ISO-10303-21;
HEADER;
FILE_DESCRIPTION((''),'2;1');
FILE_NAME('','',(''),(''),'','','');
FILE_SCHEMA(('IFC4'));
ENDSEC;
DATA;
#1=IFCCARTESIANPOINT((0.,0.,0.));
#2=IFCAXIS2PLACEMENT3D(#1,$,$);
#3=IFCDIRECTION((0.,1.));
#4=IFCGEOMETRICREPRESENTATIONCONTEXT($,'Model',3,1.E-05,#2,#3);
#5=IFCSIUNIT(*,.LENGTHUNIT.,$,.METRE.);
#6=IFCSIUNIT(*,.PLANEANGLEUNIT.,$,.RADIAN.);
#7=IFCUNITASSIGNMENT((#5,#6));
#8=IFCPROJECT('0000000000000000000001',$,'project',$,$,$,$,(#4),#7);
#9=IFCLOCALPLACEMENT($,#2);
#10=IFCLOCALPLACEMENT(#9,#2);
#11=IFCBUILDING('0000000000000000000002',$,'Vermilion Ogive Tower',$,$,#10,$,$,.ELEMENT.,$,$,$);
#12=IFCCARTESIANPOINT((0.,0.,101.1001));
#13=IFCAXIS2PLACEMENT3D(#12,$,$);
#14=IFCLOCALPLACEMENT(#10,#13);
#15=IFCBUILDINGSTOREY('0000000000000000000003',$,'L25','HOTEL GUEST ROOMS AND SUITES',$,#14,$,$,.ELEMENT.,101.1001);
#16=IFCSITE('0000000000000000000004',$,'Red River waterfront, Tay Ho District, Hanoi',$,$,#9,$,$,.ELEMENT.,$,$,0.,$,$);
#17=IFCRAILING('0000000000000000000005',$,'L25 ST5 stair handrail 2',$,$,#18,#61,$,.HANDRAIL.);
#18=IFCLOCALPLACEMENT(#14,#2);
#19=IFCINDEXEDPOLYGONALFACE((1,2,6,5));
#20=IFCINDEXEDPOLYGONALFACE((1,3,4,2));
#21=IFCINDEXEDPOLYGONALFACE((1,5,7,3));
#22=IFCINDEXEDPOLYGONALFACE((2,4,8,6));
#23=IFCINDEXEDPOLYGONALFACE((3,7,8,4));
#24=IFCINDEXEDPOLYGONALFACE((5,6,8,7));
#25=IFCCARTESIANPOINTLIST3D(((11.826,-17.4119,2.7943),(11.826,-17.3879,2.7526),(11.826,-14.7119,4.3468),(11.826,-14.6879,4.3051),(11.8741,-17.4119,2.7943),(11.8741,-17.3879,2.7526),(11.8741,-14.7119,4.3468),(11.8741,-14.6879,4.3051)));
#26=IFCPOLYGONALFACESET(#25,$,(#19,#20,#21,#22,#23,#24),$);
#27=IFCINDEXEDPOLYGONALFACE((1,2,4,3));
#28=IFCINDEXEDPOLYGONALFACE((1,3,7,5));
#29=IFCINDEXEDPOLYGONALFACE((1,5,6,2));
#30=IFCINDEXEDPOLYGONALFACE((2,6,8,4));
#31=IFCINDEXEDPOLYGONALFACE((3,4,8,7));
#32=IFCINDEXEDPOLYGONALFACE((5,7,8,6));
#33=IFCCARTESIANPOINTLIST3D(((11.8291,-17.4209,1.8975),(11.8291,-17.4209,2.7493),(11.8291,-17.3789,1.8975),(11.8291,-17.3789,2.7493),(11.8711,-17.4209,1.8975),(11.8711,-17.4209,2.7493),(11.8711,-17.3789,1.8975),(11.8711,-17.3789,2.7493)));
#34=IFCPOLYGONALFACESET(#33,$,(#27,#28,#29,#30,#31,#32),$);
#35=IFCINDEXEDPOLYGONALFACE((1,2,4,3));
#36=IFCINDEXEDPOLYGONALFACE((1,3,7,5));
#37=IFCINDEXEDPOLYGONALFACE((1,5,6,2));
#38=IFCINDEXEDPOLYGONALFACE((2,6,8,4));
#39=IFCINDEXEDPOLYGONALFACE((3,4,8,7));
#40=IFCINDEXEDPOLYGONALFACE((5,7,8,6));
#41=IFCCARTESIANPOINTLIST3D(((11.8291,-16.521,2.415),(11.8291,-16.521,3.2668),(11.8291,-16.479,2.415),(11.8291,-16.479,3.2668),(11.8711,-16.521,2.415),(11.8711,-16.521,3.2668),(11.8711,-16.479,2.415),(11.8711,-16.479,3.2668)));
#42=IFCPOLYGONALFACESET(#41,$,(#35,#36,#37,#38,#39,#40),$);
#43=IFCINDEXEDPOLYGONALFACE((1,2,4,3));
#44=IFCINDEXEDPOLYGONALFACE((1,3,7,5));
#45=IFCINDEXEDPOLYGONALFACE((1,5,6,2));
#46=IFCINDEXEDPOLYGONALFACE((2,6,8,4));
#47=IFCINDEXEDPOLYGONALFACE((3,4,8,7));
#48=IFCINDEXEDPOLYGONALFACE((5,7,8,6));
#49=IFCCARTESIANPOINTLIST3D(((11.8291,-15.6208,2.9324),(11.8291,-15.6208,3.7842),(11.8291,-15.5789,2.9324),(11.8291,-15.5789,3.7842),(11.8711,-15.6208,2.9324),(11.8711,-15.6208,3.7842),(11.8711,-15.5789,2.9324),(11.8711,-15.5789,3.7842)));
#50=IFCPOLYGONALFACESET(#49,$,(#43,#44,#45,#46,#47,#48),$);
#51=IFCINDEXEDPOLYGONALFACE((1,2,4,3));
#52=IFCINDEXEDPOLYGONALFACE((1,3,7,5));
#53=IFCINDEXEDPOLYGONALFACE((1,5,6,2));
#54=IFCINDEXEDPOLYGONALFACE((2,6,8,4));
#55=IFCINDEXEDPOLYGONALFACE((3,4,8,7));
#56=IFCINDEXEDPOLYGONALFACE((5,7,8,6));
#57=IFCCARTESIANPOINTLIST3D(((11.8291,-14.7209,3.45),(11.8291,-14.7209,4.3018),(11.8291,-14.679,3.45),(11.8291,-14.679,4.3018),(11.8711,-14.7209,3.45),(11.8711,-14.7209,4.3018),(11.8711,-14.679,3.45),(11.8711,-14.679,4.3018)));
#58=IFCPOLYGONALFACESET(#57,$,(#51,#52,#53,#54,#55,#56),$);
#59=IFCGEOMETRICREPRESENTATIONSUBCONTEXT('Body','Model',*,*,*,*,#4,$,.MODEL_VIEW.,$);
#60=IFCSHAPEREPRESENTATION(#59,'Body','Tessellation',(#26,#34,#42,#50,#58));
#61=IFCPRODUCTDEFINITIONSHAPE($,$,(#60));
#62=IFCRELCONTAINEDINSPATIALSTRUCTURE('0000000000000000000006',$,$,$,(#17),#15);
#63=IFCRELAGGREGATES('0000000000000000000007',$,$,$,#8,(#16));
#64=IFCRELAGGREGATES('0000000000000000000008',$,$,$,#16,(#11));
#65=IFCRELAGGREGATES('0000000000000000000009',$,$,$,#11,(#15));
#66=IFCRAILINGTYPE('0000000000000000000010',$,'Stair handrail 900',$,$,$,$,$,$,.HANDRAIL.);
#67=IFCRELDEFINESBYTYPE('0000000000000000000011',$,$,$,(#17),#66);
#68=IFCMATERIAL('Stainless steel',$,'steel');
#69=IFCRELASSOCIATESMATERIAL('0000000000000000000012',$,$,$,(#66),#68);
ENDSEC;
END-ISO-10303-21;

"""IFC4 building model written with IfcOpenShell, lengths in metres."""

from ifc_helpers import new_model, si_unit, direction, frame, origin, origin_2d, place, context, subcontext, project, spatial, rectangle, extrude, material, type_object, element, save


model = new_model("IFC4")

# Units and contexts
model_context = context("Model", 3, precision=1e-05, world=origin(), true_north=direction((0.0, 1.0)))
body_context = subcontext(model_context, "Body", "Model", "MODEL_VIEW")
ifc_project = project(units=[si_unit("LENGTHUNIT", "METRE"), si_unit("PLANEANGLEUNIT", "RADIAN")], contexts=[model_context])

# Site, building, storey
site_placement = place(None, origin())
site = spatial("IfcSite", under=ifc_project, at=site_placement, Name="Red River waterfront, Tay Ho District, Hanoi", CompositionType="ELEMENT", RefElevation=0.0)
building_placement = place(site_placement, origin())
building = spatial("IfcBuilding", under=site, at=building_placement, Name="Vermilion Ogive Tower", CompositionType="ELEMENT")
storey_placement = place(building_placement, frame((0.0, 0.0, 101.1001)))
storey = spatial("IfcBuildingStorey", under=building, at=storey_placement, Name="L25", Description="HOTEL GUEST ROOMS AND SUITES", CompositionType="ELEMENT", Elevation=101.1001)

# Railing
ifc_material_1 = material(Name="Stainless steel", Category="steel")
railing_type = type_object("IfcRailingType", Name="Stair handrail 900", PredefinedType="HANDRAIL", material=ifc_material_1)
railing_placement = place(storey_placement, frame((11.8501, -17.3999, 1.8975)))
element("IfcRailing", 1, at=railing_placement, inside=storey, type_object=railing_type, Name="L25 ST5 stair handrail 2", PredefinedType="HANDRAIL", context=body_context, shape_type="SweptSolid", body=[
    extrude(rectangle(XDim=0.0481, YDim=0.0481, at=origin_2d()), frame((0.0, 0.0, 0.876), z_axis=(0.0, 0.866904, 0.498476), x_axis=(-1.0, 0.0, 0.0)), (0.0, 0.0, 1.0), 3.1145),
    extrude(rectangle(XDim=0.042, YDim=0.042, at=origin_2d()), origin(), (0.0, 0.0, 1.0), 0.8518),
    extrude(rectangle(XDim=0.042, YDim=0.042, at=origin_2d()), frame((0.0, 0.8999, 0.5176)), (0.0, 0.0, 1.0), 0.8518),
    extrude(rectangle(XDim=0.042, YDim=0.042, at=origin_2d()), frame((0.0, 1.8, 1.0349)), (0.0, 0.0, 1.0), 0.8518),
    extrude(rectangle(XDim=0.042, YDim=0.042, at=origin_2d()), frame((0.0, 2.7, 1.5525)), (0.0, 0.0, 1.0), 0.8518),
])

save(model, "model.ifc")
